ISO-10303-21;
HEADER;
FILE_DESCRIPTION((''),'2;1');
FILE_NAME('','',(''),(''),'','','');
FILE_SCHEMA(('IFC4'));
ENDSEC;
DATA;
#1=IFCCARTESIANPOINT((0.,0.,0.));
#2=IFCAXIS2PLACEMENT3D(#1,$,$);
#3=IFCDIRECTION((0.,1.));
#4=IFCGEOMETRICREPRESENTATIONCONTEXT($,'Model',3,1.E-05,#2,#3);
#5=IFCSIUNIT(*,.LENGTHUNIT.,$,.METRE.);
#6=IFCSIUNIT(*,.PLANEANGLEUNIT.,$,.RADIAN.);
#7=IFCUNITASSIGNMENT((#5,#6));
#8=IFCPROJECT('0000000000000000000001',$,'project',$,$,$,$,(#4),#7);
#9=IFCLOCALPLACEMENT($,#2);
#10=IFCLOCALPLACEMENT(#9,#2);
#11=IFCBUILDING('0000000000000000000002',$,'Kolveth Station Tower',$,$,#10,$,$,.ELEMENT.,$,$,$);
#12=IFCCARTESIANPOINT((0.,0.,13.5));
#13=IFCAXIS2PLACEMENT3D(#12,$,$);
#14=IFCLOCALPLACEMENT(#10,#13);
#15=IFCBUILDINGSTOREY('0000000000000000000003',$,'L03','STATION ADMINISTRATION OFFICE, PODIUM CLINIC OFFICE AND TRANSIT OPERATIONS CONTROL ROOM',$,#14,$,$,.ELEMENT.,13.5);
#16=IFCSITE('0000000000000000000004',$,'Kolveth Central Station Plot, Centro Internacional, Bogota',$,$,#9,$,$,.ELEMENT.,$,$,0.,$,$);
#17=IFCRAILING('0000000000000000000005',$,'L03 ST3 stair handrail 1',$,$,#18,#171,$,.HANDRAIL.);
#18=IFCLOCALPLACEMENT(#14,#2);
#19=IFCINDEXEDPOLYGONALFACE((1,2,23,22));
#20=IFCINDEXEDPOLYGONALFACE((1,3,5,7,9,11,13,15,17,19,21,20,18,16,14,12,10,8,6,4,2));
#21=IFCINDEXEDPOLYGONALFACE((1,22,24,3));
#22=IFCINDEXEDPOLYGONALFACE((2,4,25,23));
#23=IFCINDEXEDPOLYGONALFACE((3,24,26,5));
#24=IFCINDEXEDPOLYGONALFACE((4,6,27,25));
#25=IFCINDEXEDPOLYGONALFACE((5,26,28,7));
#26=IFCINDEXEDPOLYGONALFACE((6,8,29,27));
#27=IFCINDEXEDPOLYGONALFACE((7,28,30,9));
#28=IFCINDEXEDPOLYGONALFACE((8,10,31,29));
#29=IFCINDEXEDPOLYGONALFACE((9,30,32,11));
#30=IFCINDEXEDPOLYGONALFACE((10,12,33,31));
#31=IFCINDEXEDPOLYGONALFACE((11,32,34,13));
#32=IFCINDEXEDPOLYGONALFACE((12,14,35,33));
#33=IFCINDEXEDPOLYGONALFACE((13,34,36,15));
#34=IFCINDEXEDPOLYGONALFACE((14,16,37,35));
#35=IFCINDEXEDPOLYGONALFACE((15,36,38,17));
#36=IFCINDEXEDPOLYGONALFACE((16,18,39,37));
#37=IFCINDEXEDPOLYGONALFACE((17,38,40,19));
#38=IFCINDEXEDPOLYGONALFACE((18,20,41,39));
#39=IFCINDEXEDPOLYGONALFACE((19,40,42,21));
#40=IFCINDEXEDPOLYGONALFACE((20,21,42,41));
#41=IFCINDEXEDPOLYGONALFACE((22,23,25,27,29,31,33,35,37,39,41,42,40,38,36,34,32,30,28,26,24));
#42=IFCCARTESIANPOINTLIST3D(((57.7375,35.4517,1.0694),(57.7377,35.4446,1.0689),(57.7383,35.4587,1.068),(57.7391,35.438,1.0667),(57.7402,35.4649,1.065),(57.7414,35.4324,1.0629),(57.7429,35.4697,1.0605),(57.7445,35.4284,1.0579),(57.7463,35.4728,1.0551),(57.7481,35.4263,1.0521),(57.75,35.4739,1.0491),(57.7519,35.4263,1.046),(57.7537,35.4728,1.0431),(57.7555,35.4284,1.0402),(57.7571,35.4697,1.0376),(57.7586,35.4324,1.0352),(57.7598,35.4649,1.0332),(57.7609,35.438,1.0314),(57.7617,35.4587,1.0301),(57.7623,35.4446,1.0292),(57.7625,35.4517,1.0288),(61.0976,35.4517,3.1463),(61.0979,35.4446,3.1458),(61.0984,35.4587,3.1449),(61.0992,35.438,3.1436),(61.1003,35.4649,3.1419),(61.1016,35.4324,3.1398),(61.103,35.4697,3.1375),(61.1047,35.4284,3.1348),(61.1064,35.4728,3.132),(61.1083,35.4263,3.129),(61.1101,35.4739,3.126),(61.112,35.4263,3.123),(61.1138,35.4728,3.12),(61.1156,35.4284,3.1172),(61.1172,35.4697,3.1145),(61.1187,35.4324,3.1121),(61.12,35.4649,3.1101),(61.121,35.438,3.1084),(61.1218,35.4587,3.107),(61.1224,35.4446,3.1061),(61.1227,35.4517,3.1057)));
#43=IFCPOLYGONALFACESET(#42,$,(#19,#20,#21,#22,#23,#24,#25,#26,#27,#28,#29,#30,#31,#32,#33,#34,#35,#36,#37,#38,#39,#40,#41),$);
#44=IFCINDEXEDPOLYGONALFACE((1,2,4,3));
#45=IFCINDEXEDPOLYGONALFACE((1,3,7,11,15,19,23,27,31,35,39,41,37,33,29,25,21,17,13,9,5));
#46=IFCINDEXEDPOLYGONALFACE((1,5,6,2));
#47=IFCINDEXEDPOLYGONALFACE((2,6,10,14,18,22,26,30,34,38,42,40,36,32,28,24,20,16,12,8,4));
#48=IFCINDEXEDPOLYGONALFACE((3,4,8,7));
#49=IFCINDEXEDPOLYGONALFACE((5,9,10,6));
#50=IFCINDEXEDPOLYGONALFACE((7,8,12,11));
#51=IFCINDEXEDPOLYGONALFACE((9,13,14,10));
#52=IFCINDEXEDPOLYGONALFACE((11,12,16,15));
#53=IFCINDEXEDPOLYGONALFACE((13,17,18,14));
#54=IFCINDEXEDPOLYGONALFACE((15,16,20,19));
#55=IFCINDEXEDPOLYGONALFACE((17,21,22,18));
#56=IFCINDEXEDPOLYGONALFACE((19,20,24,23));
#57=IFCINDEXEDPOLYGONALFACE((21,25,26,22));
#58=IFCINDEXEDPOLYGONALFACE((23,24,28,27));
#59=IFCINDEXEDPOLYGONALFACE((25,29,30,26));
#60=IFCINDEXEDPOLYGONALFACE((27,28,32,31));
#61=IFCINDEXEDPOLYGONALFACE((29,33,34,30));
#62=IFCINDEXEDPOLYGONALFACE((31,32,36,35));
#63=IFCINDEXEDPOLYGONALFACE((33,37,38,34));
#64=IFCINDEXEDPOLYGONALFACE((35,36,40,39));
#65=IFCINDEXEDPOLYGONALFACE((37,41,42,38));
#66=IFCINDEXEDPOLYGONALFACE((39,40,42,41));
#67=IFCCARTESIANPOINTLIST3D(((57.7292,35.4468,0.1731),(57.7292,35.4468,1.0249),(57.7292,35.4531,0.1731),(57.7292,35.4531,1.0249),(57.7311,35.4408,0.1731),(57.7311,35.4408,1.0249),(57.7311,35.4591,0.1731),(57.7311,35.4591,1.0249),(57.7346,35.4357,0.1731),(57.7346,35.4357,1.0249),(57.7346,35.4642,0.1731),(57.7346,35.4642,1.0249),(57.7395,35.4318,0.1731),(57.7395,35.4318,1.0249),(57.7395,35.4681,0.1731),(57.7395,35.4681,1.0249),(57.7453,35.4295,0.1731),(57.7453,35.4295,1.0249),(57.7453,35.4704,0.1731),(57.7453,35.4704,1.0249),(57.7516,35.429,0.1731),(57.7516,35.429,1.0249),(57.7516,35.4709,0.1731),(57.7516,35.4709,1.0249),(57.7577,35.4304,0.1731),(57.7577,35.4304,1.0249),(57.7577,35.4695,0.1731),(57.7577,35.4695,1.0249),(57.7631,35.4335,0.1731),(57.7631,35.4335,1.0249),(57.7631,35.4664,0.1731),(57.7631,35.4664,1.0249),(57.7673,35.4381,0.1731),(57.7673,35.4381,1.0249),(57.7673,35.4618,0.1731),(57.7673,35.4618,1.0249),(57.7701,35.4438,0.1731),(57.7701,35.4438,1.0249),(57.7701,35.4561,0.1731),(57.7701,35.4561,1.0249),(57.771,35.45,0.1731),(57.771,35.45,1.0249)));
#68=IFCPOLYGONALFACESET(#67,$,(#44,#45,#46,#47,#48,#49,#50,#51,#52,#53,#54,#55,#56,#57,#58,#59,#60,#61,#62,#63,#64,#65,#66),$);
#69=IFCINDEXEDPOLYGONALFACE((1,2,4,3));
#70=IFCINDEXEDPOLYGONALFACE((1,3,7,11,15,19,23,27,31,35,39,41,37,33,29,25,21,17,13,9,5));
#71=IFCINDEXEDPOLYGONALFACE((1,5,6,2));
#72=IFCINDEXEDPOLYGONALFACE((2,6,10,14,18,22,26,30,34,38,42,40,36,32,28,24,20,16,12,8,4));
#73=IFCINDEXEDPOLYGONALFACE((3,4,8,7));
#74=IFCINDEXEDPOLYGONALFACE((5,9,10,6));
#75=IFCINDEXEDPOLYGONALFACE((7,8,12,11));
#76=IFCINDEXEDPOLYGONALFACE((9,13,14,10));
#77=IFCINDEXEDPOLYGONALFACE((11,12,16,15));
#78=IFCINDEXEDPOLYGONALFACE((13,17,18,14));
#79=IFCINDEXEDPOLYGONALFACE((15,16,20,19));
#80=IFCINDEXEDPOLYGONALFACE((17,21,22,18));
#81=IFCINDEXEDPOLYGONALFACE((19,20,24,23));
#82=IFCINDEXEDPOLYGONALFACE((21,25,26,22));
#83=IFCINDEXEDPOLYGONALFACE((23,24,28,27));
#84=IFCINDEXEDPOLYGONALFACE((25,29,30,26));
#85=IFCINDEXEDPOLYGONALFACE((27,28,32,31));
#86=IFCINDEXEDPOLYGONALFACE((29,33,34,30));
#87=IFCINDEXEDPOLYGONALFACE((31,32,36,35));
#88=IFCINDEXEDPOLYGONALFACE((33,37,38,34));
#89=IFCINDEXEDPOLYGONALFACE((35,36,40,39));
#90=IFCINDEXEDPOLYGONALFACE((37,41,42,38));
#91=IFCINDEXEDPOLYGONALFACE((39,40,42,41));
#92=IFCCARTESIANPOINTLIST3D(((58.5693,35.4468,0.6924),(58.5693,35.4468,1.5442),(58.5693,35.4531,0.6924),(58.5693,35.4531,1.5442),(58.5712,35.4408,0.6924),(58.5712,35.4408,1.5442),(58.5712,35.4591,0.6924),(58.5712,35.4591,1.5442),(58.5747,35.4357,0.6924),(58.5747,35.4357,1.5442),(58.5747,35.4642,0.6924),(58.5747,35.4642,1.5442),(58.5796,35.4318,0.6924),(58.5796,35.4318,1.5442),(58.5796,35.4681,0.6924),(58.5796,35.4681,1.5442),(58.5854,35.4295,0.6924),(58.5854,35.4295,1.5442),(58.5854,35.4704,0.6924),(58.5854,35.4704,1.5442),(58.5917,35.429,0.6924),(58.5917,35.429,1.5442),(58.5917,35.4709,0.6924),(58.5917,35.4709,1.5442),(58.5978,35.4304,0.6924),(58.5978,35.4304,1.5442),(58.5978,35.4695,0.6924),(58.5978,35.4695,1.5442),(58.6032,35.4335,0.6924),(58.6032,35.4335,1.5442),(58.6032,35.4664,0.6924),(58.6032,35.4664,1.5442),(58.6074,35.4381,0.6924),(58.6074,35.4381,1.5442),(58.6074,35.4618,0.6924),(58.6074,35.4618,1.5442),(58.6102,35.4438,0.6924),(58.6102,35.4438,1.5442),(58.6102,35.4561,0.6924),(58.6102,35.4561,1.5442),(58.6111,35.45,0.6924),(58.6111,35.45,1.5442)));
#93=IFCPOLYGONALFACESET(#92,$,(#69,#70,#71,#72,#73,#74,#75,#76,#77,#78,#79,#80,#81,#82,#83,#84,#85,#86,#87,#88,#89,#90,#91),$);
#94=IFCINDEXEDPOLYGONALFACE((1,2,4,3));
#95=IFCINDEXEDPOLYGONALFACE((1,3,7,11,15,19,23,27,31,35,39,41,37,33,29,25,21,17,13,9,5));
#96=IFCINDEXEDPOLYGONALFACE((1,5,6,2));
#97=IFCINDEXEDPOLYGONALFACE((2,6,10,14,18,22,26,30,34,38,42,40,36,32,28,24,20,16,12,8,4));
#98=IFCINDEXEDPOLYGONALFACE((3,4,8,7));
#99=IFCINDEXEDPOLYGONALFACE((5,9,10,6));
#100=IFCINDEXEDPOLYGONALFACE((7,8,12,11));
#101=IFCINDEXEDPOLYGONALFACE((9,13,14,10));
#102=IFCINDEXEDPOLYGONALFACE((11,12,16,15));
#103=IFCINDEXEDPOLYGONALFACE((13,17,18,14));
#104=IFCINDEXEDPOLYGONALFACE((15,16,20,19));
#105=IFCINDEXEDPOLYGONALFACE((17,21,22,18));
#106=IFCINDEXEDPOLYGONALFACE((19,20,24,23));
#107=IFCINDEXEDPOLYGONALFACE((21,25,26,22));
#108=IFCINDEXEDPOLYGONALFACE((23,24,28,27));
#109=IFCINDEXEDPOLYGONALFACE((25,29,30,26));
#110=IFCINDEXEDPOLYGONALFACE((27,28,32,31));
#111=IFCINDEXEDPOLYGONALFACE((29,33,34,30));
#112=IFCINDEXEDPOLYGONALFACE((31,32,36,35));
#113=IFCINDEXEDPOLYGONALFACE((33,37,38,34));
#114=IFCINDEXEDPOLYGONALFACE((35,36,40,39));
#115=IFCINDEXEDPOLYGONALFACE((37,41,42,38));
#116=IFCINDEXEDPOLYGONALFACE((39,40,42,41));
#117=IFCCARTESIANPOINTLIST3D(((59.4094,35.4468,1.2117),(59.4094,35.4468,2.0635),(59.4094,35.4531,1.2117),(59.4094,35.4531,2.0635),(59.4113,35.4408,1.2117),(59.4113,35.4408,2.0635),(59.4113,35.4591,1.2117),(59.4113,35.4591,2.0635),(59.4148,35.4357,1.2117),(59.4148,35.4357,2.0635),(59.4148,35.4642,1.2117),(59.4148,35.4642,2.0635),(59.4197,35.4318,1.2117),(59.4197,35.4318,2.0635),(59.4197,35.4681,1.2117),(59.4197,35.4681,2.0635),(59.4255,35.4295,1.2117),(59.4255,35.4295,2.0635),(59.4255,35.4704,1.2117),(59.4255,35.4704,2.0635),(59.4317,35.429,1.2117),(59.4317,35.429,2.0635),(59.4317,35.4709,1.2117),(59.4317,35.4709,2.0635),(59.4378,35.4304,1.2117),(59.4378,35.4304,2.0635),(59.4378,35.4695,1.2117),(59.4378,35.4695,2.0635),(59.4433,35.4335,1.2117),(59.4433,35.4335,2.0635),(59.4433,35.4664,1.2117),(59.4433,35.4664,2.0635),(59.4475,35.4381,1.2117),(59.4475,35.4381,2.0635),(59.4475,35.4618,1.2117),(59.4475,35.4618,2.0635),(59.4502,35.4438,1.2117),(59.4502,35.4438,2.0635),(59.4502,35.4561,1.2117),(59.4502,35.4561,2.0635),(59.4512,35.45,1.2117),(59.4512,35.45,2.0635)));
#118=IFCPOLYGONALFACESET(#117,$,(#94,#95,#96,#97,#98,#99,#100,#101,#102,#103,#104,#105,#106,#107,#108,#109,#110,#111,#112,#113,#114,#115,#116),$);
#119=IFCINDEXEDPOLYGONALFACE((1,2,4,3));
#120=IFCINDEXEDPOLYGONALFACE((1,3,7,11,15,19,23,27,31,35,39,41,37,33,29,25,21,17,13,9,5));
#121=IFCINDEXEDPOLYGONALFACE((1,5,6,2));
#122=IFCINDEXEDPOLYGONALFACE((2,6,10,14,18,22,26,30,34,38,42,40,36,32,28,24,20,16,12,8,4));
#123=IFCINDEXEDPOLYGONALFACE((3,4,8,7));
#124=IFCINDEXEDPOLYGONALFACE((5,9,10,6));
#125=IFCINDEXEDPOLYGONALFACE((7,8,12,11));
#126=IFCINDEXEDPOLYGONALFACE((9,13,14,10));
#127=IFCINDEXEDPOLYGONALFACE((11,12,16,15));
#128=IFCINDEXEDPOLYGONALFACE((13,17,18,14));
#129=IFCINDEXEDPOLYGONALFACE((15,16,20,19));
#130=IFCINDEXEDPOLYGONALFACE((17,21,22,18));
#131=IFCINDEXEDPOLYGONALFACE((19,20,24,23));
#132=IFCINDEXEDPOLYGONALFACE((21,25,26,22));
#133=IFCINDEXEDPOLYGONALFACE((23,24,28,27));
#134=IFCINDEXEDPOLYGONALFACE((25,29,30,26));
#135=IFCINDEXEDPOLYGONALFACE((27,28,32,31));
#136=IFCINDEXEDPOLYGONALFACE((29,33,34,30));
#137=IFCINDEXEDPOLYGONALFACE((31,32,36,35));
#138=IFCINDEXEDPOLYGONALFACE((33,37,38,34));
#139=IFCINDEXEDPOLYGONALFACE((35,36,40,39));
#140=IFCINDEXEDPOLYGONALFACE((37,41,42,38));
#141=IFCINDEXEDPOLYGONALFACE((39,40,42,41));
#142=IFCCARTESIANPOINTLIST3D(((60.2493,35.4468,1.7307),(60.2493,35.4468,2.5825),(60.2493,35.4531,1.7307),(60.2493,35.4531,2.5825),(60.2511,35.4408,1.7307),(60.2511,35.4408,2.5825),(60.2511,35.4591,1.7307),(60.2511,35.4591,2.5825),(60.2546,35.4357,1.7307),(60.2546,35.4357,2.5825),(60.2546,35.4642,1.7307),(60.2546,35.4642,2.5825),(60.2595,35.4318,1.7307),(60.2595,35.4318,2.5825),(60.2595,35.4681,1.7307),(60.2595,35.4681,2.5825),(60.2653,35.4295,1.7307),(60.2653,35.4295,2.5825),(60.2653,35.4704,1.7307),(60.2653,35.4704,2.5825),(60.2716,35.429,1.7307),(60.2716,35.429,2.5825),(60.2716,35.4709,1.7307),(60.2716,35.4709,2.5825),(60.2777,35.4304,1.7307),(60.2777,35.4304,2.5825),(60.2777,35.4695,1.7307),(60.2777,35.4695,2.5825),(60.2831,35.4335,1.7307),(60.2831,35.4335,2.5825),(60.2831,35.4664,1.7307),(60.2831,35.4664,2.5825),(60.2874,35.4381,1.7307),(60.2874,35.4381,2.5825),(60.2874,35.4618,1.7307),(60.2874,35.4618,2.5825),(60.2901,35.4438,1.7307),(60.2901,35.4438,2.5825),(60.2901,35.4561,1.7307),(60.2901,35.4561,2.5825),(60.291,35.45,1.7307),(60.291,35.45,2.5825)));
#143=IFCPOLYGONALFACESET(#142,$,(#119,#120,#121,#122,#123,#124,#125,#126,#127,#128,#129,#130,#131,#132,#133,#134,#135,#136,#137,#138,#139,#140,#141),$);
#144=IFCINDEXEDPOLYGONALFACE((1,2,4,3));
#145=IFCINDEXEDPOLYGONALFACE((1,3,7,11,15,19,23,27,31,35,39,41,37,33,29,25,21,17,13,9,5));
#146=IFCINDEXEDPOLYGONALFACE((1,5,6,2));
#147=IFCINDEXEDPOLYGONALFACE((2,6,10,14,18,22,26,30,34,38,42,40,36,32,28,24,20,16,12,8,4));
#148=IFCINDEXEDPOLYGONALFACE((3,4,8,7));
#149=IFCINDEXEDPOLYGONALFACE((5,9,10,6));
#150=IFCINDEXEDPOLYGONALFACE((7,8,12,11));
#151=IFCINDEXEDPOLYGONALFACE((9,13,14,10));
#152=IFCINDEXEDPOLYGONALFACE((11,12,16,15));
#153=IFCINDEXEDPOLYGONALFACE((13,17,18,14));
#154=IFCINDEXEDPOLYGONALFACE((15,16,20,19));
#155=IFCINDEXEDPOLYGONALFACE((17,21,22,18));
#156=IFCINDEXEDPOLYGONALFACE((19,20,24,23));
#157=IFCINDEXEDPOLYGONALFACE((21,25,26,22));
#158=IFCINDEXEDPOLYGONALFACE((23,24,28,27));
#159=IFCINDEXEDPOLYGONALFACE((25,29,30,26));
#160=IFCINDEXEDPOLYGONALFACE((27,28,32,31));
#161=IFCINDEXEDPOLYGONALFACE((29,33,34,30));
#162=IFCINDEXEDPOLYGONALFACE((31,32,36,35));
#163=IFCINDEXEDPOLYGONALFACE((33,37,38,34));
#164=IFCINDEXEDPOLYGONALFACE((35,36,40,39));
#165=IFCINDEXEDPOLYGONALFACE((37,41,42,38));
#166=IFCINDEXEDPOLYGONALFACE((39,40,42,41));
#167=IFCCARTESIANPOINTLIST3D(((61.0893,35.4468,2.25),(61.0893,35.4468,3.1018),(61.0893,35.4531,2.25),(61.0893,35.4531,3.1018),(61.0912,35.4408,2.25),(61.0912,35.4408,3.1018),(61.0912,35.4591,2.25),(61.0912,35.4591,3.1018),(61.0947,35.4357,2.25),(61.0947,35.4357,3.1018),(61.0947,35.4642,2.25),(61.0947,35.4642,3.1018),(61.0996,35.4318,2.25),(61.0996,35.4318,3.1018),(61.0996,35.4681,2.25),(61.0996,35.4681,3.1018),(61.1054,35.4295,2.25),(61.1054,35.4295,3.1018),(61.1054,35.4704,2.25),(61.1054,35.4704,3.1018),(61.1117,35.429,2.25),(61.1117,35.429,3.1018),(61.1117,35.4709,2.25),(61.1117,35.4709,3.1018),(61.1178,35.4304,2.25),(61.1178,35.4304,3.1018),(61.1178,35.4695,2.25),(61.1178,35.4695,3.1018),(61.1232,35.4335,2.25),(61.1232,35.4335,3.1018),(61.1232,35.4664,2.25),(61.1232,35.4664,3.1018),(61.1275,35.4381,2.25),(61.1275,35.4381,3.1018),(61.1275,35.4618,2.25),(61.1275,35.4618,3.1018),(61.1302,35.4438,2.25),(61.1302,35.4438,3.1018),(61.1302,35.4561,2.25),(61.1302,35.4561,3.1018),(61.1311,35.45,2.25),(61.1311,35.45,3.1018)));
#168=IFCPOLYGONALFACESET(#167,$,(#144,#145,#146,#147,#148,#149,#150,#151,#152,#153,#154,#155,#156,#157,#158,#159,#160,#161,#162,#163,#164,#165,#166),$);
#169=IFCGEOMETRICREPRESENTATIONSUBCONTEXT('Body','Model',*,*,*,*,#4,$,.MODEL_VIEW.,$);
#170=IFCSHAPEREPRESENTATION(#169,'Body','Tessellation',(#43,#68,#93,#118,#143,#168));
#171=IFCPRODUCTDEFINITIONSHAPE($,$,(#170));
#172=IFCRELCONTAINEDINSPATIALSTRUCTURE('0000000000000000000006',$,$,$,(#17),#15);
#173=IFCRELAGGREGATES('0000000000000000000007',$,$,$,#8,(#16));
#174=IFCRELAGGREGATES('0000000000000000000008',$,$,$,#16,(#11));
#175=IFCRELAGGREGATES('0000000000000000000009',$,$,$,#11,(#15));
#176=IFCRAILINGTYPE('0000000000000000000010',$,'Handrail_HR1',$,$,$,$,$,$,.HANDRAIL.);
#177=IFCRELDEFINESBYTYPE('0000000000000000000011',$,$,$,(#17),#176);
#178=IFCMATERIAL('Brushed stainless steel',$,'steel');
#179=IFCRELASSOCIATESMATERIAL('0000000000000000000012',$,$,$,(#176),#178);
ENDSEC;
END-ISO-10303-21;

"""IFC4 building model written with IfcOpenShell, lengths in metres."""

from ifc_helpers import new_model, si_unit, direction, frame, origin, origin_2d, place, context, subcontext, project, spatial, circle, extrude, material, type_object, element, save


model = new_model("IFC4")

# Units and contexts
model_context = context("Model", 3, precision=1e-05, world=origin(), true_north=direction((0.0, 1.0)))
body_context = subcontext(model_context, "Body", "Model", "MODEL_VIEW")
ifc_project = project(units=[si_unit("LENGTHUNIT", "METRE"), si_unit("PLANEANGLEUNIT", "RADIAN")], contexts=[model_context])

# Site, building, storey
site_placement = place(None, origin())
site = spatial("IfcSite", under=ifc_project, at=site_placement, Name="Kolveth Central Station Plot, Centro Internacional, Bogota", CompositionType="ELEMENT", RefElevation=0.0)
building_placement = place(site_placement, origin())
building = spatial("IfcBuilding", under=site, at=building_placement, Name="Kolveth Station Tower", CompositionType="ELEMENT")
storey_placement = place(building_placement, frame((0.0, 0.0, 13.5)))
storey = spatial("IfcBuildingStorey", under=building, at=storey_placement, Name="L03", Description="STATION ADMINISTRATION OFFICE, PODIUM CLINIC OFFICE AND TRANSIT OPERATIONS CONTROL ROOM", CompositionType="ELEMENT", Elevation=13.5)

# Railing
ifc_material_1 = material(Name="Brushed stainless steel", Category="steel")
railing_type_1 = type_object("IfcRailingType", Name="Handrail_HR1", PredefinedType="HANDRAIL", material=ifc_material_1)
railing_1_placement = place(storey_placement, frame((57.75, 35.45, 0.1731)))
element("IfcRailing", 1, at=railing_1_placement, inside=storey, type_object=railing_type_1, Name="L03 ST3 stair handrail 1", PredefinedType="HANDRAIL", context=body_context, shape_type="SweptSolid", body=[
    extrude(circle(Radius=0.0239, at=origin_2d()), frame((0.0, 0.0, 0.876), z_axis=(0.850623, 0.0, 0.525776), x_axis=(0.0, 1.0, 0.0)), (0.0, 0.0, 1.0), 3.9502),
    extrude(circle(Radius=0.021, at=origin_2d()), origin(), (0.0, 0.0, 1.0), 0.8518),
    extrude(circle(Radius=0.021, at=origin_2d()), frame((0.8401, 0.0, 0.5193)), (0.0, 0.0, 1.0), 0.8518),
    extrude(circle(Radius=0.021, at=origin_2d()), frame((1.6802, 0.0, 1.0386)), (0.0, 0.0, 1.0), 0.8518),
    extrude(circle(Radius=0.021, at=origin_2d()), frame((2.52, 0.0, 1.5576)), (0.0, 0.0, 1.0), 0.8518),
    extrude(circle(Radius=0.021, at=origin_2d()), frame((3.3601, 0.0, 2.0769)), (0.0, 0.0, 1.0), 0.8518),
])

save(model, "model.ifc")
